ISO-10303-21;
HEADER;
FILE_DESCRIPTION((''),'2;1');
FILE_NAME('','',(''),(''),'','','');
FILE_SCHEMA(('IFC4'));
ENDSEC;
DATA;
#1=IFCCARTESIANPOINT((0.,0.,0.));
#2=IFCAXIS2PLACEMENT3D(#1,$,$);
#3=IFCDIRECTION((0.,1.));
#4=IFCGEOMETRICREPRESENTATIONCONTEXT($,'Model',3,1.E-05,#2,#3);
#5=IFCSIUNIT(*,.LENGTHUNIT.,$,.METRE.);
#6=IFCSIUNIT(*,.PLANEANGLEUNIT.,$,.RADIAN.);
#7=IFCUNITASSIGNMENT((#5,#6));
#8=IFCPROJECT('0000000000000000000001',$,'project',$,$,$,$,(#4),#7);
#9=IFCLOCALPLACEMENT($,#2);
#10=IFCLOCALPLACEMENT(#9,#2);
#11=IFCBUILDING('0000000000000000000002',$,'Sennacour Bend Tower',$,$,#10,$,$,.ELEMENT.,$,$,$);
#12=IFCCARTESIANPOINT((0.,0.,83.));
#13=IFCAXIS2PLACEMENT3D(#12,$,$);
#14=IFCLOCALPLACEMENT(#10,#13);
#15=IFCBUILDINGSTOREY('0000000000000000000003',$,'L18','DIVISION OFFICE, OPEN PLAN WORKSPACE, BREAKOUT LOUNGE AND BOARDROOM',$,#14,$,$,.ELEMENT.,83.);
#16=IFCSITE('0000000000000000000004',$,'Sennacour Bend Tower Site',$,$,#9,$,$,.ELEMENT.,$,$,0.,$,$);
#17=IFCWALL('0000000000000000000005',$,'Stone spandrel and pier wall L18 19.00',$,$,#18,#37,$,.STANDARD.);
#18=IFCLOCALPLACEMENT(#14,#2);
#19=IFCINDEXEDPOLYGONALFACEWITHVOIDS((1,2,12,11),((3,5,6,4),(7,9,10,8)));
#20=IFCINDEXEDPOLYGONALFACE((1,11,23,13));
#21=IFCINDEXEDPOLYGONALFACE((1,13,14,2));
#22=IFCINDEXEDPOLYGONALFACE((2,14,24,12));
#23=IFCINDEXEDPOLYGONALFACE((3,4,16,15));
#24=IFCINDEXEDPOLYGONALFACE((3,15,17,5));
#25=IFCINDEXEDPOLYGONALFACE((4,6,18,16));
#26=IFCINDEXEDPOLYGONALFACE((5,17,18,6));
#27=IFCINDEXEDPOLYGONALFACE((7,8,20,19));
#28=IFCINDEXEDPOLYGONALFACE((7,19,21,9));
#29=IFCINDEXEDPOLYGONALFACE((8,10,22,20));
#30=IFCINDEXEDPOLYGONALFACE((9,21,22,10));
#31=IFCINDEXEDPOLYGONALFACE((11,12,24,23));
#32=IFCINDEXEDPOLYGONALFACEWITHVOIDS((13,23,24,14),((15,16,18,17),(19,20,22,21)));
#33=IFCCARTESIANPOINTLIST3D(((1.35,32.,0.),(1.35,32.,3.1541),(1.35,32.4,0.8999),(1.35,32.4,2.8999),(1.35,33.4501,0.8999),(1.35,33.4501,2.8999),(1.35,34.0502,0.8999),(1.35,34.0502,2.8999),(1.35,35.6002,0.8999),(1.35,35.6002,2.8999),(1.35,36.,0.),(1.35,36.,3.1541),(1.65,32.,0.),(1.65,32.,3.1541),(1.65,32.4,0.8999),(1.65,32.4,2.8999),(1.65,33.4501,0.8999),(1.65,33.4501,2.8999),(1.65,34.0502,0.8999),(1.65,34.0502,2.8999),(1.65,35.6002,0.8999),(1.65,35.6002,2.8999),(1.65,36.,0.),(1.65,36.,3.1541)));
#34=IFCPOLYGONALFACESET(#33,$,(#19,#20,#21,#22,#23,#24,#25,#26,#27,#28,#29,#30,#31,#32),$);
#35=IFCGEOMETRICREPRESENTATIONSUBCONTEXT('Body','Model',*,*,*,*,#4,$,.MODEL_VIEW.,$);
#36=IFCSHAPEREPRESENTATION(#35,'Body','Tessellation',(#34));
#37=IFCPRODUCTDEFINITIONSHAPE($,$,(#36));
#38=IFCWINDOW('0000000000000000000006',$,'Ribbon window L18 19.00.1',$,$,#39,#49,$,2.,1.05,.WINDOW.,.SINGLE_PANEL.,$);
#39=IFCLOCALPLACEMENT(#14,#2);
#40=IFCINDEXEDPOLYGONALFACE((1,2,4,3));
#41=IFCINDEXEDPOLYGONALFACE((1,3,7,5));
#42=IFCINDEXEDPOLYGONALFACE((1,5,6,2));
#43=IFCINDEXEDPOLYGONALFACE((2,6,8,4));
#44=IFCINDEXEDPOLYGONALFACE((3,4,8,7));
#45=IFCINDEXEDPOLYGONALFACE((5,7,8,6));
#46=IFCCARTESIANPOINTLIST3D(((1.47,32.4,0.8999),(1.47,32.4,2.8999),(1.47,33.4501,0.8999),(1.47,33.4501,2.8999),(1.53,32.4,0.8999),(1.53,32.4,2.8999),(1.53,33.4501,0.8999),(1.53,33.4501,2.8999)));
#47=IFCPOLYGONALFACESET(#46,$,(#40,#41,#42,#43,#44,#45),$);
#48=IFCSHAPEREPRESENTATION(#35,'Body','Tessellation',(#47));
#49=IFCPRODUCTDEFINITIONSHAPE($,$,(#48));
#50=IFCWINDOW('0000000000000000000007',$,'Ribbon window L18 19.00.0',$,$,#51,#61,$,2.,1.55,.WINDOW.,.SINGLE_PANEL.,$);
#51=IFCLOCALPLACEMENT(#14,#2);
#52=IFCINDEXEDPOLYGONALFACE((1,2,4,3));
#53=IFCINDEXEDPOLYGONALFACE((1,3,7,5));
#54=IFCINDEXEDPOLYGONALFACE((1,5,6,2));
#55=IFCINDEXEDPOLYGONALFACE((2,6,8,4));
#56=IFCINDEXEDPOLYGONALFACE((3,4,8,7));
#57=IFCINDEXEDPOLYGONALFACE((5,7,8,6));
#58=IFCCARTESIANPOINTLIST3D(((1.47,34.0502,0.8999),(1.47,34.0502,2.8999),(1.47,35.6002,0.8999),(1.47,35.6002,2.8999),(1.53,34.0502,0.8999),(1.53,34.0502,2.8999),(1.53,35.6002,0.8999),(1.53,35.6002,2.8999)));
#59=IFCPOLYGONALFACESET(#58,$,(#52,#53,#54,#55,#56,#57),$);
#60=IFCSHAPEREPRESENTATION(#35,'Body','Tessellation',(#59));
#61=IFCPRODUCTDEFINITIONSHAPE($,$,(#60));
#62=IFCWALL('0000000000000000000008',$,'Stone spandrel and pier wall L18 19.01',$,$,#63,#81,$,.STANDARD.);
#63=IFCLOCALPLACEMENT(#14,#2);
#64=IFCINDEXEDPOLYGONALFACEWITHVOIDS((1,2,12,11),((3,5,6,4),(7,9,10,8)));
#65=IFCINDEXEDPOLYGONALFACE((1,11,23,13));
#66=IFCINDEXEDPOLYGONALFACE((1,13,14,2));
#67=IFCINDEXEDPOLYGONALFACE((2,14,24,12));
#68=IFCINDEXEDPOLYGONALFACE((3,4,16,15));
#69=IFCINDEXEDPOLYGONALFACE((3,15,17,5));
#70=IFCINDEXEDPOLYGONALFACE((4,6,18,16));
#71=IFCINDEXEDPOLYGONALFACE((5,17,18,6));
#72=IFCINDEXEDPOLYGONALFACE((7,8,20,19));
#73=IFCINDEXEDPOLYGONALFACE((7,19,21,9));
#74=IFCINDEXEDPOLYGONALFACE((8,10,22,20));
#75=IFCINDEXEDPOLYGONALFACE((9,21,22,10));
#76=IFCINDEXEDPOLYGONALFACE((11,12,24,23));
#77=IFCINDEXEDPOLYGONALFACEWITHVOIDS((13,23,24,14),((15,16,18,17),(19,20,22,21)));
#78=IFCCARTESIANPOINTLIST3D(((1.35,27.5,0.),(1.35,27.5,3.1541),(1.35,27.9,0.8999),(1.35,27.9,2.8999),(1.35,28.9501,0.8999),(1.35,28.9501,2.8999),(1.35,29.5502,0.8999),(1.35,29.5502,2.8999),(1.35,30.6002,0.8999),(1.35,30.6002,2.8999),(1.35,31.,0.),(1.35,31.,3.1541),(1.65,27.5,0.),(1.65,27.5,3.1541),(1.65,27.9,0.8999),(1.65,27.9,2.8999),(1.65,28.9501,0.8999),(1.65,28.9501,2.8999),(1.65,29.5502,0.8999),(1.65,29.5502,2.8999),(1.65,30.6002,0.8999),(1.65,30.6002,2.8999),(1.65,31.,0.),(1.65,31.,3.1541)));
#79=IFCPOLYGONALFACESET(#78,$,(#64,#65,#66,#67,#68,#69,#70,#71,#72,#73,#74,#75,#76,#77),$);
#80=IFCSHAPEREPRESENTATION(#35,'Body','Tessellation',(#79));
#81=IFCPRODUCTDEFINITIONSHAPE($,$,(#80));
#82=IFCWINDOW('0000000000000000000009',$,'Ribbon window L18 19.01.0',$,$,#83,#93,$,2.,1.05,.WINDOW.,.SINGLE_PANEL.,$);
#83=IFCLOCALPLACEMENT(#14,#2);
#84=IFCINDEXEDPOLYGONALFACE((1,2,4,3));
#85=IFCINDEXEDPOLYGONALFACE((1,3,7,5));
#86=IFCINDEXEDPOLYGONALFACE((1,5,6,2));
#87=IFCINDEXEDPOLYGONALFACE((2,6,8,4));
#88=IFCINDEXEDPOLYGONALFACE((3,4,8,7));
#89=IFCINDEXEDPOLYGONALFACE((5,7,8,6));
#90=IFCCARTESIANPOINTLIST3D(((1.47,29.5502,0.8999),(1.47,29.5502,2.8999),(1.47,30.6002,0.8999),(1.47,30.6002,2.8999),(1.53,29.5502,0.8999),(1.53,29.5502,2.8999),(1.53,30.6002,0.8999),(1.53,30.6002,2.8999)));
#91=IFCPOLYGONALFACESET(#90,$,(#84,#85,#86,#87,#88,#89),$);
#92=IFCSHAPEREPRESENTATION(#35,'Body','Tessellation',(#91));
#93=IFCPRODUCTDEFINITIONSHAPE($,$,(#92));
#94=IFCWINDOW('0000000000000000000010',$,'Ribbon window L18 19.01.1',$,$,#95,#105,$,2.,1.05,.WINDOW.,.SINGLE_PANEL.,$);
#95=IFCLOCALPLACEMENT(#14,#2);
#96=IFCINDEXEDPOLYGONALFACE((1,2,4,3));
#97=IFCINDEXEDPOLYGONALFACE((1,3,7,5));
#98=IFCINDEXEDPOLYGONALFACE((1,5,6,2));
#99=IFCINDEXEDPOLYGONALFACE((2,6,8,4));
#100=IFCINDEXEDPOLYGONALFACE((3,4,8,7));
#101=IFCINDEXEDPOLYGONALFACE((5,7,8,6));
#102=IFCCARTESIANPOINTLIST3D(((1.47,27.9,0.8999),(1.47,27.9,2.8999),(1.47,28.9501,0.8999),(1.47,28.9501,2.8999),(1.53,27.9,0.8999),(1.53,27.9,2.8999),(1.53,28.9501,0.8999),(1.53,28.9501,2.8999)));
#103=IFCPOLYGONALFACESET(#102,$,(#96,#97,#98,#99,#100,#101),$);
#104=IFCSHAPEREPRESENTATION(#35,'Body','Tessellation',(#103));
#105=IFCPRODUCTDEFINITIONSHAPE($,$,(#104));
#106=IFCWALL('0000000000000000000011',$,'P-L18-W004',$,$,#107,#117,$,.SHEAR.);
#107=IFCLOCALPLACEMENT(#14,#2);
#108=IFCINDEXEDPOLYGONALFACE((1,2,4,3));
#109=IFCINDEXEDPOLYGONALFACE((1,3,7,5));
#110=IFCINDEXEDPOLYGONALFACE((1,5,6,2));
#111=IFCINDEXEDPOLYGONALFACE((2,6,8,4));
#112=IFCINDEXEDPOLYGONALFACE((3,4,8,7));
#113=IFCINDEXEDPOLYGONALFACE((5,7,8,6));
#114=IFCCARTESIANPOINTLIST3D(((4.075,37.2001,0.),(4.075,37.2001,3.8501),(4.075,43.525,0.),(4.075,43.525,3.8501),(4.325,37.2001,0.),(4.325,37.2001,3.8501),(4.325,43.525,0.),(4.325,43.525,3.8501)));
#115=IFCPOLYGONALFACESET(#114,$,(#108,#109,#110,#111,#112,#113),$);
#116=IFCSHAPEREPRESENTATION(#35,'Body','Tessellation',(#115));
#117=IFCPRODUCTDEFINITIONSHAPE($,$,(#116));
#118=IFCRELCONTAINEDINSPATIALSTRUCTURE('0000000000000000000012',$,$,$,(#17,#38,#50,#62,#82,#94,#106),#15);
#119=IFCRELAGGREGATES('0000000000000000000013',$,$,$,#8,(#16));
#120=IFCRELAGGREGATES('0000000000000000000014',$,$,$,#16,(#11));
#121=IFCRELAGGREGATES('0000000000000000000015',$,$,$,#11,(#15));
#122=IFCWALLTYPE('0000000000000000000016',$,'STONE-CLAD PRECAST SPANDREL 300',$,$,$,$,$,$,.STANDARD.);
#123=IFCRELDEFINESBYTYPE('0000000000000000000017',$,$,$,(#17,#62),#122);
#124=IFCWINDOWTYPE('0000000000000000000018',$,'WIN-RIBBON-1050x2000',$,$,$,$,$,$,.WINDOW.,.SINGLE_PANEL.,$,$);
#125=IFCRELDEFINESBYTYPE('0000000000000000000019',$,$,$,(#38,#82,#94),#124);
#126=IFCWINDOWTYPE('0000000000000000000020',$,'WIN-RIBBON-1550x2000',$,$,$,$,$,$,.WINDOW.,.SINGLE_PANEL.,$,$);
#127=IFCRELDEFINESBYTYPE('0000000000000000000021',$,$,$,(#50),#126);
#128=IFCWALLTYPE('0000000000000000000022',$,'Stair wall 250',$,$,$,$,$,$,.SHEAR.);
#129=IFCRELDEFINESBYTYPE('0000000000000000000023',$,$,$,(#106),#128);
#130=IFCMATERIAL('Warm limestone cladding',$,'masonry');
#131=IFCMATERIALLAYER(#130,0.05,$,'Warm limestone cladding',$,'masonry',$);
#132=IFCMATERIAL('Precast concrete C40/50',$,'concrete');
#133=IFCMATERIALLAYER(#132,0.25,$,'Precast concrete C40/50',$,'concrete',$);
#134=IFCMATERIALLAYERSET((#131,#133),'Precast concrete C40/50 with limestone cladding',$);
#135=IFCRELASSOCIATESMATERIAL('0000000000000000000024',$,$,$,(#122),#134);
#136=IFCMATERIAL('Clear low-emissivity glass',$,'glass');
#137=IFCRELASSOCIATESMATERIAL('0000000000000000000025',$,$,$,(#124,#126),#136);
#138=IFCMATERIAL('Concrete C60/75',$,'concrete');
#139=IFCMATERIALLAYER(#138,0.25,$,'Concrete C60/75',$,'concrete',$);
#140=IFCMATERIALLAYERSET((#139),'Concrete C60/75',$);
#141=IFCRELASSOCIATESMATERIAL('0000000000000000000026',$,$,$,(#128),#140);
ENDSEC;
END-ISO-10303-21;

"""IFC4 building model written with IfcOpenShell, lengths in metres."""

from ifc_helpers import new_model, si_unit, direction, frame, frame_2d, origin, place, context, subcontext, project, spatial, rectangle, extrude, material, layer, layer_set, type_object, element, fill, save


model = new_model("IFC4")

# Units and contexts
model_context = context("Model", 3, precision=1e-05, world=origin(), true_north=direction((0.0, 1.0)))
body_context = subcontext(model_context, "Body", "Model", "MODEL_VIEW")
ifc_project = project(units=[si_unit("LENGTHUNIT", "METRE"), si_unit("PLANEANGLEUNIT", "RADIAN")], contexts=[model_context])

# Site, building, storey
site_placement = place(None, origin())
site = spatial("IfcSite", under=ifc_project, at=site_placement, Name="Sennacour Bend Tower Site", CompositionType="ELEMENT", RefElevation=0.0)
building_placement = place(site_placement, origin())
building = spatial("IfcBuilding", under=site, at=building_placement, Name="Sennacour Bend Tower", CompositionType="ELEMENT")
storey_placement = place(building_placement, frame((0.0, 0.0, 83.0)))
storey = spatial("IfcBuildingStorey", under=building, at=storey_placement, Name="L18", Description="DIVISION OFFICE, OPEN PLAN WORKSPACE, BREAKOUT LOUNGE AND BOARDROOM", CompositionType="ELEMENT", Elevation=83.0)

# Walls, openings, windows
ifc_material_1 = material(Name="Warm limestone cladding", Category="masonry")
ifc_layer_1 = layer(ifc_material_1, 0.05, Name="Warm limestone cladding", Category="masonry")
ifc_material_2 = material(Name="Precast concrete C40/50", Category="concrete")
ifc_layer_2 = layer(ifc_material_2, 0.25, Name="Precast concrete C40/50", Category="concrete")
ifc_layer_set_1 = layer_set([ifc_layer_1, ifc_layer_2], Name="Precast concrete C40/50 with limestone cladding")
wall_type_1 = type_object("IfcWallType", Name="STONE-CLAD PRECAST SPANDREL 300", PredefinedType="STANDARD", material=ifc_layer_set_1)
wall_1_placement = place(storey_placement, frame((1.5, 36.0, 0.0), z_axis=(0.0, 0.0, 1.0), x_axis=(0.0, -1.0, 0.0)))
wall_1 = element("IfcWall", 1, at=wall_1_placement, inside=storey, type_object=wall_type_1, Name="Stone spandrel and pier wall L18 19.00", PredefinedType="STANDARD", context=body_context, shape_type="SweptSolid", body=[
    extrude(rectangle(XDim=4.0, YDim=0.3, at=frame_2d((2.0, 0.0))), origin(), (0.0, 0.0, 1.0), 3.1541),
])
opening_1_placement = place(wall_1_placement, frame((0.3999, 0.0, 0.8999)))
opening_1 = element("IfcOpeningElement", 2, at=opening_1_placement, cuts=wall_1, PredefinedType="OPENING", context=body_context, shape_type="SweptSolid", body=[
    extrude(rectangle(XDim=1.55, YDim=2.0, at=frame_2d((0.7749, 1.0))), frame((0.0, 0.1602, 0.0), z_axis=(0.0, -1.0, 0.0), x_axis=(1.0, 0.0, 0.0)), (0.0, 0.0, 1.0), 0.3201),
])
opening_2_placement = place(wall_1_placement, frame((2.55, 0.0, 0.8999)))
opening_2 = element("IfcOpeningElement", 3, at=opening_2_placement, cuts=wall_1, PredefinedType="OPENING", context=body_context, shape_type="SweptSolid", body=[
    extrude(rectangle(XDim=1.05, YDim=2.0, at=frame_2d((0.5249, 1.0))), frame((0.0, 0.1602, 0.0), z_axis=(0.0, -1.0, 0.0), x_axis=(1.0, 0.0, 0.0)), (0.0, 0.0, 1.0), 0.3201),
])
ifc_material_3 = material(Name="Clear low-emissivity glass", Category="glass")
window_type_1 = type_object("IfcWindowType", Name="WIN-RIBBON-1050x2000", PartitioningType="SINGLE_PANEL", PredefinedType="WINDOW", material=ifc_material_3)
window_1_placement = place(opening_2_placement, origin())
window_1 = element("IfcWindow", 4, at=window_1_placement, inside=storey, type_object=window_type_1, Name="Ribbon window L18 19.00.1", OverallHeight=2.0, OverallWidth=1.05, PartitioningType="SINGLE_PANEL", PredefinedType="WINDOW", context=body_context, shape_type="SweptSolid", body=[
    extrude(rectangle(XDim=1.05, YDim=2.0, at=frame_2d((0.5249, 1.0))), frame((0.0, 0.03, 0.0), z_axis=(0.0, -1.0, 0.0), x_axis=(1.0, 0.0, 0.0)), (0.0, 0.0, 1.0), 0.0601),
])
fill(opening_2, window_1)
window_type_2 = type_object("IfcWindowType", Name="WIN-RIBBON-1550x2000", PartitioningType="SINGLE_PANEL", PredefinedType="WINDOW", material=ifc_material_3)
window_2_placement = place(opening_1_placement, origin())
window_2 = element("IfcWindow", 5, at=window_2_placement, inside=storey, type_object=window_type_2, Name="Ribbon window L18 19.00.0", OverallHeight=2.0, OverallWidth=1.55, PartitioningType="SINGLE_PANEL", PredefinedType="WINDOW", context=body_context, shape_type="SweptSolid", body=[
    extrude(rectangle(XDim=1.55, YDim=2.0, at=frame_2d((0.7749, 1.0))), frame((0.0, 0.03, 0.0), z_axis=(0.0, -1.0, 0.0), x_axis=(1.0, 0.0, 0.0)), (0.0, 0.0, 1.0), 0.0601),
])
fill(opening_1, window_2)
wall_2_placement = place(storey_placement, frame((1.5, 31.0, 0.0), z_axis=(0.0, 0.0, 1.0), x_axis=(0.0, -1.0, 0.0)))
wall_2 = element("IfcWall", 6, at=wall_2_placement, inside=storey, type_object=wall_type_1, Name="Stone spandrel and pier wall L18 19.01", PredefinedType="STANDARD", context=body_context, shape_type="SweptSolid", body=[
    extrude(rectangle(XDim=3.5, YDim=0.3, at=frame_2d((1.75, 0.0))), origin(), (0.0, 0.0, 1.0), 3.1541),
])
opening_3_placement = place(wall_2_placement, frame((0.3999, 0.0, 0.8999)))
opening_3 = element("IfcOpeningElement", 7, at=opening_3_placement, cuts=wall_2, PredefinedType="OPENING", context=body_context, shape_type="SweptSolid", body=[
    extrude(rectangle(XDim=1.05, YDim=2.0, at=frame_2d((0.5249, 1.0))), frame((0.0, 0.1602, 0.0), z_axis=(0.0, -1.0, 0.0), x_axis=(1.0, 0.0, 0.0)), (0.0, 0.0, 1.0), 0.3201),
])
opening_4_placement = place(wall_2_placement, frame((2.05, 0.0, 0.8999)))
opening_4 = element("IfcOpeningElement", 8, at=opening_4_placement, cuts=wall_2, PredefinedType="OPENING", context=body_context, shape_type="SweptSolid", body=[
    extrude(rectangle(XDim=1.05, YDim=2.0, at=frame_2d((0.5249, 1.0))), frame((0.0, 0.1602, 0.0), z_axis=(0.0, -1.0, 0.0), x_axis=(1.0, 0.0, 0.0)), (0.0, 0.0, 1.0), 0.3201),
])
window_3_placement = place(opening_3_placement, origin())
window_3 = element("IfcWindow", 9, at=window_3_placement, inside=storey, type_object=window_type_1, Name="Ribbon window L18 19.01.0", OverallHeight=2.0, OverallWidth=1.05, PartitioningType="SINGLE_PANEL", PredefinedType="WINDOW", context=body_context, shape_type="SweptSolid", body=[
    extrude(rectangle(XDim=1.05, YDim=2.0, at=frame_2d((0.5249, 1.0))), frame((0.0, 0.03, 0.0), z_axis=(0.0, -1.0, 0.0), x_axis=(1.0, 0.0, 0.0)), (0.0, 0.0, 1.0), 0.0601),
])
fill(opening_3, window_3)
window_4_placement = place(opening_4_placement, origin())
window_4 = element("IfcWindow", 10, at=window_4_placement, inside=storey, type_object=window_type_1, Name="Ribbon window L18 19.01.1", OverallHeight=2.0, OverallWidth=1.05, PartitioningType="SINGLE_PANEL", PredefinedType="WINDOW", context=body_context, shape_type="SweptSolid", body=[
    extrude(rectangle(XDim=1.05, YDim=2.0, at=frame_2d((0.5249, 1.0))), frame((0.0, 0.03, 0.0), z_axis=(0.0, -1.0, 0.0), x_axis=(1.0, 0.0, 0.0)), (0.0, 0.0, 1.0), 0.0601),
])
fill(opening_4, window_4)

# Wall
ifc_material_4 = material(Name="Concrete C60/75", Category="concrete")
ifc_layer_3 = layer(ifc_material_4, 0.25, Name="Concrete C60/75", Category="concrete")
ifc_layer_set_2 = layer_set([ifc_layer_3], Name="Concrete C60/75")
wall_type_2 = type_object("IfcWallType", Name="Stair wall 250", PredefinedType="SHEAR", material=ifc_layer_set_2)
wall_3_placement = place(storey_placement, frame((4.2, 37.2, 0.0), z_axis=(0.0, 0.0, 1.0), x_axis=(0.0, 1.0, 0.0)))
element("IfcWall", 11, at=wall_3_placement, inside=storey, type_object=wall_type_2, Name="P-L18-W004", PredefinedType="SHEAR", context=body_context, shape_type="SweptSolid", body=[
    extrude(rectangle(XDim=6.325, YDim=0.25, at=frame_2d((3.1626, 0.0))), origin(), (0.0, 0.0, 1.0), 3.8501),
])

save(model, "model.ifc")
